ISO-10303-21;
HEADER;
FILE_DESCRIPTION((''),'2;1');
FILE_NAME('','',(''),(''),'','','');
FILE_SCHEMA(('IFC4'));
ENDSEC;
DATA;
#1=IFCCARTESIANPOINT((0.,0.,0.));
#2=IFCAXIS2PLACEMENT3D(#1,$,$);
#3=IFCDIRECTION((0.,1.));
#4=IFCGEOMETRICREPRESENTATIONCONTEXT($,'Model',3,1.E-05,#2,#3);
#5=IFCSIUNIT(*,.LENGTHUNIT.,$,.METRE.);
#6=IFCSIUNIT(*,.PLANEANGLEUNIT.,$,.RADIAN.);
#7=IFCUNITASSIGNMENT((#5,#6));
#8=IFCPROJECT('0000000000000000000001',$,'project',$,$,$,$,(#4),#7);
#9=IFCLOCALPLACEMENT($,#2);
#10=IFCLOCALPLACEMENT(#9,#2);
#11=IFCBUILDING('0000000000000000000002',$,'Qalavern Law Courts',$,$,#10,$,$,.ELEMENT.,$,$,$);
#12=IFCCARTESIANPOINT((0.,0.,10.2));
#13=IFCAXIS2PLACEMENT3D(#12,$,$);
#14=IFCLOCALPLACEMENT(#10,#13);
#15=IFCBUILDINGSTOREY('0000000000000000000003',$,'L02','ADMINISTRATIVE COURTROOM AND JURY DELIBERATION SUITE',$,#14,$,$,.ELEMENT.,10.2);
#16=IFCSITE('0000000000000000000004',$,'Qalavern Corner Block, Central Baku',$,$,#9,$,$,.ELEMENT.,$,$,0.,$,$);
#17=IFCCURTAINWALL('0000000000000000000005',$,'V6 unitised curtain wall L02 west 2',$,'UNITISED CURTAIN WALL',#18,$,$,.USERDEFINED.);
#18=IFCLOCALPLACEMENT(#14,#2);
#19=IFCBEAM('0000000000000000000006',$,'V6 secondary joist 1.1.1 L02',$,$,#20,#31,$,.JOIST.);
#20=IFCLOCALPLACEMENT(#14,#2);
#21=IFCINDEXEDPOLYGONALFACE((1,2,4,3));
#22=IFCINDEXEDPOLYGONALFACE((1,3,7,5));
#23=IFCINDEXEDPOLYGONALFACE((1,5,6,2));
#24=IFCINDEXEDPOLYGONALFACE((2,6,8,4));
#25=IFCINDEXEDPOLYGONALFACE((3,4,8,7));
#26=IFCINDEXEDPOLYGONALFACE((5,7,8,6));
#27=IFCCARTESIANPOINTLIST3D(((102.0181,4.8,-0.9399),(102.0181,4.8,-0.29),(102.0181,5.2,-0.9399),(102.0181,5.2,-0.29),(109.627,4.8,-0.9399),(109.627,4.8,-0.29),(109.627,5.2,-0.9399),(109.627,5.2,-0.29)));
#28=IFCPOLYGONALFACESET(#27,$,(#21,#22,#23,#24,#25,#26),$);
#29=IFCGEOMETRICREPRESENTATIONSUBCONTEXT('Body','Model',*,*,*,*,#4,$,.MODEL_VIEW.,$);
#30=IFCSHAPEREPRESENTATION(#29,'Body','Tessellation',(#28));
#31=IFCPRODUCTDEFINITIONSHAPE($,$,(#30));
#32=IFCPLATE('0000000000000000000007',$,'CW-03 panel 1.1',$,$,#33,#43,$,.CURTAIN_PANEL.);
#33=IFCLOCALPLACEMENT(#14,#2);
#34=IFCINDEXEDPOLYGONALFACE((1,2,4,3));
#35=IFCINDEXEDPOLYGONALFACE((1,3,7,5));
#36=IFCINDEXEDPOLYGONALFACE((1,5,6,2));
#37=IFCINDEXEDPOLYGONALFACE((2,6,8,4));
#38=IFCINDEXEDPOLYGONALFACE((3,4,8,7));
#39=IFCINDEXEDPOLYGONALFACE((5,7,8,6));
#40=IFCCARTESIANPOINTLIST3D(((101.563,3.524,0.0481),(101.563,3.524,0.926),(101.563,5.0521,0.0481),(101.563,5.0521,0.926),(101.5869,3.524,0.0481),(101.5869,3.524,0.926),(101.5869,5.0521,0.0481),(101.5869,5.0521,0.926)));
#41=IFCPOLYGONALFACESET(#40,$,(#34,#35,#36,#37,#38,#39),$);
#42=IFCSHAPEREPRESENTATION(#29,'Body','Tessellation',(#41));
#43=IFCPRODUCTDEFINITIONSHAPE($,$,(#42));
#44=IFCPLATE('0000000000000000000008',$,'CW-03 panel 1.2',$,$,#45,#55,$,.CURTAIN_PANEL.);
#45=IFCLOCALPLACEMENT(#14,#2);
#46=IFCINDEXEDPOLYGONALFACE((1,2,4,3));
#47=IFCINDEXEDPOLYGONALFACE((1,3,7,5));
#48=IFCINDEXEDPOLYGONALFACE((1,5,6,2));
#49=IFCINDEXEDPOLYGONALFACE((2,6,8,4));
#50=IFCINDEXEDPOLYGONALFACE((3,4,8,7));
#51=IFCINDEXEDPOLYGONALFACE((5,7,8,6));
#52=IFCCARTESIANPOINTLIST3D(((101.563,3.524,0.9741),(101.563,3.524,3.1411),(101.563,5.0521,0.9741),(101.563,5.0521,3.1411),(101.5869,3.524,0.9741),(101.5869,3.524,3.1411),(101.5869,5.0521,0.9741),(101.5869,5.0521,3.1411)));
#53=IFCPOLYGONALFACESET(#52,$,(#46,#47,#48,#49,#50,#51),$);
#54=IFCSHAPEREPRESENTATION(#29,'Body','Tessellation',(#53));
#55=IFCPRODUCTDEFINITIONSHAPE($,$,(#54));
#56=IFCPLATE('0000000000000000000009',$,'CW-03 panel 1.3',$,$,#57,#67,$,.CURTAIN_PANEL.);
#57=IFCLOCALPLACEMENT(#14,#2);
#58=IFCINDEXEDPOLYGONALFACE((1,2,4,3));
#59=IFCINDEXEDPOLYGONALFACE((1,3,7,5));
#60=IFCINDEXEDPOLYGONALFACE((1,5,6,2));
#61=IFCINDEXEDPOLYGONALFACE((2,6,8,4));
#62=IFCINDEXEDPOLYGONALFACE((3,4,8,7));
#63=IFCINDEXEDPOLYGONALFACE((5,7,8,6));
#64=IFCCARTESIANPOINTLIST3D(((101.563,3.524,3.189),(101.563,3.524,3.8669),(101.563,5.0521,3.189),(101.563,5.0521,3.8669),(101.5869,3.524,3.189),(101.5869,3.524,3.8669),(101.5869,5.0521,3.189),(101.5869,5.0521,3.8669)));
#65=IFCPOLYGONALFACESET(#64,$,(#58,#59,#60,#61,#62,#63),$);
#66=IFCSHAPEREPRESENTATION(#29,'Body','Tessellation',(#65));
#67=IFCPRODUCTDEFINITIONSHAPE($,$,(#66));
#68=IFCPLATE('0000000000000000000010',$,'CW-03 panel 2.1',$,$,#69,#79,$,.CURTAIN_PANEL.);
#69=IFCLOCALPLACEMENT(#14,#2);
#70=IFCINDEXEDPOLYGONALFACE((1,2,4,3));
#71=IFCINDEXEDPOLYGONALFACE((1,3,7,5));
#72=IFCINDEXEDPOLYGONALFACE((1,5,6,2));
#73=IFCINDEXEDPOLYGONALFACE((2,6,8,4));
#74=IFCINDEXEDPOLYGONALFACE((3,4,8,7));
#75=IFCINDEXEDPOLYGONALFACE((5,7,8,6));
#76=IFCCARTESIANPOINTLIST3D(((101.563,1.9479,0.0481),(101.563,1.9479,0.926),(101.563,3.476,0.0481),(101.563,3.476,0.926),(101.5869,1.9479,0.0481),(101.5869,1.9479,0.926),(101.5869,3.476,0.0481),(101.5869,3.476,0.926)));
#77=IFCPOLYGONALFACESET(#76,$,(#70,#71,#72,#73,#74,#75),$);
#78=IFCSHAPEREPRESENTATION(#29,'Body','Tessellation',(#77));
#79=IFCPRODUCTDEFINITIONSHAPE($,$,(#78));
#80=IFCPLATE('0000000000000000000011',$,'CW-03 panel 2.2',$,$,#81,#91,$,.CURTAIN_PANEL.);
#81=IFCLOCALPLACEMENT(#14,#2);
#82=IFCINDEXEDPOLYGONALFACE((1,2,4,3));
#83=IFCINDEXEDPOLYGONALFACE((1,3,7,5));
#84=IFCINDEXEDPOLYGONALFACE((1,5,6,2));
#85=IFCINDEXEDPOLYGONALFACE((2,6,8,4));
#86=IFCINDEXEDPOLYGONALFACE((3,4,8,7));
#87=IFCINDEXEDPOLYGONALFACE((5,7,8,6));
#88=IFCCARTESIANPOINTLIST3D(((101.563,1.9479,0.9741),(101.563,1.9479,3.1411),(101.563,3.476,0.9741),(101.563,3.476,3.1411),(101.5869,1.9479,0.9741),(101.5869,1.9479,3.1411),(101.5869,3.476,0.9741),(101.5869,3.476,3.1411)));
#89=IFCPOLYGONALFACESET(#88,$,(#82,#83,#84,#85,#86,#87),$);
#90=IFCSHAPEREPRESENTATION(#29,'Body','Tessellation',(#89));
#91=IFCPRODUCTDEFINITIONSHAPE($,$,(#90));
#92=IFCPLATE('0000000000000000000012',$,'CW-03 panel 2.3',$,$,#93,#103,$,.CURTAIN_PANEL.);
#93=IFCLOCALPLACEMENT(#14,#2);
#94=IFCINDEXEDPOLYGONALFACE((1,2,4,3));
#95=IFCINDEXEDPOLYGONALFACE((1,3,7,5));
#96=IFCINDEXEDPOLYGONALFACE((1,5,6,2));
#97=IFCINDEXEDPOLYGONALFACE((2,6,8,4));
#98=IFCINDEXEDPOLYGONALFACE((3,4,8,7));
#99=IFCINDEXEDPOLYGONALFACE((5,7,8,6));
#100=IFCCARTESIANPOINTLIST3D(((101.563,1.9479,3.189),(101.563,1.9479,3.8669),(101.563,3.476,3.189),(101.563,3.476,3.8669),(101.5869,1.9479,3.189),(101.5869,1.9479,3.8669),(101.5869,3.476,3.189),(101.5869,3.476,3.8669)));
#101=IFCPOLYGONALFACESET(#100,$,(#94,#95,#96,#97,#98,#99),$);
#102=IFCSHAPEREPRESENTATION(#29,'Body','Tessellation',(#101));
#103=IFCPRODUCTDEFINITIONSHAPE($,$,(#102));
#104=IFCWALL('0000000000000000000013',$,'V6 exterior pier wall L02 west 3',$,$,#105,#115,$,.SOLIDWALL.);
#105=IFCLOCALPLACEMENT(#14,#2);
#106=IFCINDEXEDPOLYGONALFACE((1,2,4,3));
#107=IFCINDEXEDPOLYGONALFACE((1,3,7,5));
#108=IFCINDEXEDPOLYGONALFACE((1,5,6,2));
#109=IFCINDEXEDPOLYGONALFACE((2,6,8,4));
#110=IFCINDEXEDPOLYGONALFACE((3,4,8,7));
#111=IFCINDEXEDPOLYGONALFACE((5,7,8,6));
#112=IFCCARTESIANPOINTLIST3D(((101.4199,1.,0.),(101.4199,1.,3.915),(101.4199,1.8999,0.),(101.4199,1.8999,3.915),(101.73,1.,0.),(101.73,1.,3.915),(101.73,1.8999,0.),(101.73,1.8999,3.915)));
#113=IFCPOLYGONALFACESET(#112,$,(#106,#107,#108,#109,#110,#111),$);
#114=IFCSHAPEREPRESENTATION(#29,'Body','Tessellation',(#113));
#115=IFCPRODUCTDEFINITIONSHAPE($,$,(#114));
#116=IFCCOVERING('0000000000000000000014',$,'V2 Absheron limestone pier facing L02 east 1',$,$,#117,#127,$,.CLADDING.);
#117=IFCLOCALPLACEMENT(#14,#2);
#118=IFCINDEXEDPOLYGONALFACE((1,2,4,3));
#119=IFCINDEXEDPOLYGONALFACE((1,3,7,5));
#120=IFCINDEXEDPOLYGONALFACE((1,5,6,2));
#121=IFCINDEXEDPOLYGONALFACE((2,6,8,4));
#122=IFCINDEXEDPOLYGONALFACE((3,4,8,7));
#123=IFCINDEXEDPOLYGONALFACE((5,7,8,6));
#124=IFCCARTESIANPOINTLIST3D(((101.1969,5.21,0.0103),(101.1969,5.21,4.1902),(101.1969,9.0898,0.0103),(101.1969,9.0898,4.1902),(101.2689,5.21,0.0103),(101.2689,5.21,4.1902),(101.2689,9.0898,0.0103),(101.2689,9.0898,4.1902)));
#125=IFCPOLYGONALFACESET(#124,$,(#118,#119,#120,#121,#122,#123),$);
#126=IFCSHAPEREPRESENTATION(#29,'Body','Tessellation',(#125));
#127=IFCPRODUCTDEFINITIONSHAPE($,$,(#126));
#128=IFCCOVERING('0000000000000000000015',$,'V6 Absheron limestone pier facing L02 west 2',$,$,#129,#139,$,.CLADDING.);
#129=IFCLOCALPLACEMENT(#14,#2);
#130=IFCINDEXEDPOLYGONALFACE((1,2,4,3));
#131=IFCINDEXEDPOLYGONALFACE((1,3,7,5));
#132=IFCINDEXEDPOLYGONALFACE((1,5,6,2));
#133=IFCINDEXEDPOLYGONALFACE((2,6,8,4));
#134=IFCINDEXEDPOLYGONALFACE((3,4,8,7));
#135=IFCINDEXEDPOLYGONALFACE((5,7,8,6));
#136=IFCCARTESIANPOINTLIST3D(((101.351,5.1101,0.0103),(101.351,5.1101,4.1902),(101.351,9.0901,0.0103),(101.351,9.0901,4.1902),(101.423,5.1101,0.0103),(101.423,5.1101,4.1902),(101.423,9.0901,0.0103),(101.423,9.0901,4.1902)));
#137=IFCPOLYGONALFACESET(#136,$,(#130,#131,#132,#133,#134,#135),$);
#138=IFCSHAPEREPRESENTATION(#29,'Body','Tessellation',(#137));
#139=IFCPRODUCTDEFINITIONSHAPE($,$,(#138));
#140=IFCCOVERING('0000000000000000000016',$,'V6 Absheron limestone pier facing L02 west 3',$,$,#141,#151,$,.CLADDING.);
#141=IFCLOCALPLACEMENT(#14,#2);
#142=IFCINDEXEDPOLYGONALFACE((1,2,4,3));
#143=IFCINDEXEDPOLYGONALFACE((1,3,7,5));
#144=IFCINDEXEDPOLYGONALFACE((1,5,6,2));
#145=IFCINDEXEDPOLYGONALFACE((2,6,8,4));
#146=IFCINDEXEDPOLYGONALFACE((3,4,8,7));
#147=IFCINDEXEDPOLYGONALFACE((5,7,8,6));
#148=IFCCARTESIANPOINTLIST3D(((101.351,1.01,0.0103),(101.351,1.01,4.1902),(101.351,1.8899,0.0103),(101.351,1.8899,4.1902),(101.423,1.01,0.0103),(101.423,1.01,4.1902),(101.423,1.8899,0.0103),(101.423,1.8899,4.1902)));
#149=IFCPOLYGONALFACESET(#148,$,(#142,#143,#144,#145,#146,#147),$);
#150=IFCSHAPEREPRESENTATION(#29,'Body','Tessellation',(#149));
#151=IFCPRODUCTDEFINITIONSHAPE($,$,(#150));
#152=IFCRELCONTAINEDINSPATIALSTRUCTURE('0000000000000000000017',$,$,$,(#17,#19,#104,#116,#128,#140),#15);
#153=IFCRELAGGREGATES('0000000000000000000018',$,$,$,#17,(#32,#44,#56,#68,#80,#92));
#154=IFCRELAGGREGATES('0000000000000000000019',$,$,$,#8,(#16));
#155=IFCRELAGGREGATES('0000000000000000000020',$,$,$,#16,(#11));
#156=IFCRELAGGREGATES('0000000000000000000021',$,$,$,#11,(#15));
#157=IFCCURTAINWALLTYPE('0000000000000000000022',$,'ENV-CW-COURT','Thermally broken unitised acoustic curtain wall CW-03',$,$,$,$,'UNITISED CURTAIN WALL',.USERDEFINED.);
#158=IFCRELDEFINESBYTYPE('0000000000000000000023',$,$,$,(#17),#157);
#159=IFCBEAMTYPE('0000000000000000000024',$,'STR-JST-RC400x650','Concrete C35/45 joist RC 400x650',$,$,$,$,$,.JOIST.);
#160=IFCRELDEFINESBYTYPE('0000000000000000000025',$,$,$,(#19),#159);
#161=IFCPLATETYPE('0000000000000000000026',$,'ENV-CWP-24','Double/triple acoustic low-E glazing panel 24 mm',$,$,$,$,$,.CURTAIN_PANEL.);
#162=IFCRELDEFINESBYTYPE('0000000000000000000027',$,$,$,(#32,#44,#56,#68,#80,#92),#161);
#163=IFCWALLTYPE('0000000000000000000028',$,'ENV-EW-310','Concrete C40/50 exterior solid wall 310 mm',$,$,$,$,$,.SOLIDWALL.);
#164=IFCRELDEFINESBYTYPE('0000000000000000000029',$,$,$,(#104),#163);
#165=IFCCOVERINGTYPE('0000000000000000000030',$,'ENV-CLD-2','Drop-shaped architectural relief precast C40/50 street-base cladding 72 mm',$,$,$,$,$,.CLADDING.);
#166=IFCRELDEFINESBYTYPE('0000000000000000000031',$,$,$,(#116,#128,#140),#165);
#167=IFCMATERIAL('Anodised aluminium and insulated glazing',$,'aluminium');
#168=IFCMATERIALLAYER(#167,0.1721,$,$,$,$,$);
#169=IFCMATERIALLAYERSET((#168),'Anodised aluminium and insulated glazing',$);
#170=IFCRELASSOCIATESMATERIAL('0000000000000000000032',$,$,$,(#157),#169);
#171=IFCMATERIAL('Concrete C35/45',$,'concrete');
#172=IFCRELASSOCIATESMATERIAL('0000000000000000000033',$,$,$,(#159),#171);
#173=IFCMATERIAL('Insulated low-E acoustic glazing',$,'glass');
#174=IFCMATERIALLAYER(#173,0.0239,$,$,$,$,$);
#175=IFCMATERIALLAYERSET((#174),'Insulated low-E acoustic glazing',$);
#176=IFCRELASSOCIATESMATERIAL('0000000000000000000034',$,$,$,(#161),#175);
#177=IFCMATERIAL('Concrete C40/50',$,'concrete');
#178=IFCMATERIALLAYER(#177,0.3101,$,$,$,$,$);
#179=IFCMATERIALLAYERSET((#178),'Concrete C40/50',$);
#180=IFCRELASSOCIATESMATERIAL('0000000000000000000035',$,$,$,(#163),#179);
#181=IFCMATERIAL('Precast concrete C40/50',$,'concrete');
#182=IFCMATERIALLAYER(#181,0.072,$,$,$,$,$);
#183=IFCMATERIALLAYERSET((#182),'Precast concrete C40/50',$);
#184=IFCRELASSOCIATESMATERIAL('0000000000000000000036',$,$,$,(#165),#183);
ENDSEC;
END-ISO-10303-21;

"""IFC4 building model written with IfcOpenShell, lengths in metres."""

from ifc_helpers import new_model, si_unit, direction, frame, frame_2d, origin, origin_2d, place, context, subcontext, project, spatial, rectangle, extrude, material, layer, layer_set, material_profile, profile_set, type_object, element, aggregate, save


model = new_model("IFC4")

# Units and contexts
model_context = context("Model", 3, precision=1e-05, world=origin(), true_north=direction((0.0, 1.0)))
body_context = subcontext(model_context, "Body", "Model", "MODEL_VIEW")
ifc_project = project(units=[si_unit("LENGTHUNIT", "METRE"), si_unit("PLANEANGLEUNIT", "RADIAN")], contexts=[model_context])

# Site, building, storey
site_placement = place(None, origin())
site = spatial("IfcSite", under=ifc_project, at=site_placement, Name="Qalavern Corner Block, Central Baku", CompositionType="ELEMENT", RefElevation=0.0)
building_placement = place(site_placement, origin())
building = spatial("IfcBuilding", under=site, at=building_placement, Name="Qalavern Law Courts", CompositionType="ELEMENT")
storey_placement = place(building_placement, frame((0.0, 0.0, 10.2)))
storey = spatial("IfcBuildingStorey", under=building, at=storey_placement, Name="L02", Description="ADMINISTRATIVE COURTROOM AND JURY DELIBERATION SUITE", CompositionType="ELEMENT", Elevation=10.2)

# Curtain wall
ifc_material_1 = material(Name="Anodised aluminium and insulated glazing", Category="aluminium")
ifc_layer_1 = layer(ifc_material_1, 0.1721)
ifc_layer_set_1 = layer_set([ifc_layer_1], Name="Anodised aluminium and insulated glazing")
curtain_wall_type = type_object("IfcCurtainWallType", Name="ENV-CW-COURT", Description="Thermally broken unitised acoustic curtain wall CW-03", ElementType="UNITISED CURTAIN WALL", PredefinedType="USERDEFINED", material=ifc_layer_set_1)
curtain_wall_placement = place(storey_placement, origin())
curtain_wall = element("IfcCurtainWall", 1, at=curtain_wall_placement, inside=storey, type_object=curtain_wall_type, Name="V6 unitised curtain wall L02 west 2", ObjectType="UNITISED CURTAIN WALL", PredefinedType="USERDEFINED")

# Beam
ifc_material_2 = material(Name="Concrete C35/45", Category="concrete")
ifc_material_profile_1 = material_profile(ifc_material_2, rectangle(XDim=0.3999, YDim=0.6499, at=origin_2d()), Name="RC 400x650")
ifc_profile_set_1 = profile_set([ifc_material_profile_1], Name="Concrete C35/45")
beam_type = type_object("IfcBeamType", Name="STR-JST-RC400x650", Description="Concrete C35/45 joist RC 400x650", PredefinedType="JOIST", material=ifc_profile_set_1)
beam_placement = place(storey_placement, frame((102.0181, 5.0, -0.615), z_axis=(1.0, 0.0, 0.0), x_axis=(0.0, 1.0, 0.0)))
element("IfcBeam", 2, at=beam_placement, inside=storey, type_object=beam_type, Name="V6 secondary joist 1.1.1 L02", PredefinedType="JOIST", context=body_context, shape_type="SweptSolid", body=[
    extrude(rectangle(XDim=0.3999, YDim=0.6499, at=origin_2d()), origin(), (0.0, 0.0, 1.0), 7.6089),
])

# Plates
ifc_material_3 = material(Name="Insulated low-E acoustic glazing", Category="glass")
ifc_layer_2 = layer(ifc_material_3, 0.0239)
ifc_layer_set_2 = layer_set([ifc_layer_2], Name="Insulated low-E acoustic glazing")
plate_type = type_object("IfcPlateType", Name="ENV-CWP-24", Description="Double/triple acoustic low-E glazing panel 24 mm", PredefinedType="CURTAIN_PANEL", material=ifc_layer_set_2)
plate_1_placement = place(storey_placement, frame((101.575, 4.2881, 0.0481), z_axis=(0.0, 0.0, 1.0), x_axis=(0.0, -1.0, 0.0)))
plate_1 = element("IfcPlate", 3, at=plate_1_placement, type_object=plate_type, Name="CW-03 panel 1.1", PredefinedType="CURTAIN_PANEL", context=body_context, shape_type="SweptSolid", body=[
    extrude(rectangle(XDim=1.5281, YDim=0.0239, at=origin_2d()), origin(), (0.0, 0.0, 1.0), 0.8779),
])
plate_2_placement = place(storey_placement, frame((101.575, 4.2881, 0.9741), z_axis=(0.0, 0.0, 1.0), x_axis=(0.0, -1.0, 0.0)))
plate_2 = element("IfcPlate", 4, at=plate_2_placement, type_object=plate_type, Name="CW-03 panel 1.2", PredefinedType="CURTAIN_PANEL", context=body_context, shape_type="SweptSolid", body=[
    extrude(rectangle(XDim=1.5281, YDim=0.0239, at=origin_2d()), origin(), (0.0, 0.0, 1.0), 2.167),
])
plate_3_placement = place(storey_placement, frame((101.575, 4.2881, 3.189), z_axis=(0.0, 0.0, 1.0), x_axis=(0.0, -1.0, 0.0)))
plate_3 = element("IfcPlate", 5, at=plate_3_placement, type_object=plate_type, Name="CW-03 panel 1.3", PredefinedType="CURTAIN_PANEL", context=body_context, shape_type="SweptSolid", body=[
    extrude(rectangle(XDim=1.5281, YDim=0.0239, at=origin_2d()), origin(), (0.0, 0.0, 1.0), 0.678),
])
plate_4_placement = place(storey_placement, frame((101.575, 2.7119, 0.0481), z_axis=(0.0, 0.0, 1.0), x_axis=(0.0, -1.0, 0.0)))
plate_4 = element("IfcPlate", 6, at=plate_4_placement, type_object=plate_type, Name="CW-03 panel 2.1", PredefinedType="CURTAIN_PANEL", context=body_context, shape_type="SweptSolid", body=[
    extrude(rectangle(XDim=1.5281, YDim=0.0239, at=origin_2d()), origin(), (0.0, 0.0, 1.0), 0.8779),
])
plate_5_placement = place(storey_placement, frame((101.575, 2.7119, 0.9741), z_axis=(0.0, 0.0, 1.0), x_axis=(0.0, -1.0, 0.0)))
plate_5 = element("IfcPlate", 7, at=plate_5_placement, type_object=plate_type, Name="CW-03 panel 2.2", PredefinedType="CURTAIN_PANEL", context=body_context, shape_type="SweptSolid", body=[
    extrude(rectangle(XDim=1.5281, YDim=0.0239, at=origin_2d()), origin(), (0.0, 0.0, 1.0), 2.167),
])
plate_6_placement = place(storey_placement, frame((101.575, 2.7119, 3.189), z_axis=(0.0, 0.0, 1.0), x_axis=(0.0, -1.0, 0.0)))
plate_6 = element("IfcPlate", 8, at=plate_6_placement, type_object=plate_type, Name="CW-03 panel 2.3", PredefinedType="CURTAIN_PANEL", context=body_context, shape_type="SweptSolid", body=[
    extrude(rectangle(XDim=1.5281, YDim=0.0239, at=origin_2d()), origin(), (0.0, 0.0, 1.0), 0.678),
])
aggregate(curtain_wall, [plate_1, plate_2, plate_3, plate_4, plate_5, plate_6])

# Wall
ifc_material_4 = material(Name="Concrete C40/50", Category="concrete")
ifc_layer_3 = layer(ifc_material_4, 0.3101)
ifc_layer_set_3 = layer_set([ifc_layer_3], Name="Concrete C40/50")
wall_type = type_object("IfcWallType", Name="ENV-EW-310", Description="Concrete C40/50 exterior solid wall 310 mm", PredefinedType="SOLIDWALL", material=ifc_layer_set_3)
wall_placement = place(storey_placement, frame((101.575, 1.8999, 0.0), z_axis=(0.0, 0.0, 1.0), x_axis=(0.0, -1.0, 0.0)))
element("IfcWall", 9, at=wall_placement, inside=storey, type_object=wall_type, Name="V6 exterior pier wall L02 west 3", PredefinedType="SOLIDWALL", context=body_context, shape_type="SweptSolid", body=[
    extrude(rectangle(XDim=0.8999, YDim=0.3101, at=frame_2d((0.45, 0.0))), origin(), (0.0, 0.0, 1.0), 3.915),
])

# Coverings
ifc_material_5 = material(Name="Precast concrete C40/50", Category="concrete")
ifc_layer_4 = layer(ifc_material_5, 0.072)
ifc_layer_set_4 = layer_set([ifc_layer_4], Name="Precast concrete C40/50")
covering_type = type_object("IfcCoveringType", Name="ENV-CLD-2", Description="Drop-shaped architectural relief precast C40/50 street-base cladding 72 mm", PredefinedType="CLADDING", material=ifc_layer_set_4)
covering_1_placement = place(storey_placement, frame((101.2329, 7.1499, 0.0103), z_axis=(0.0, 0.0, 1.0), x_axis=(0.0, 1.0, 0.0)))
element("IfcCovering", 10, at=covering_1_placement, inside=storey, type_object=covering_type, Name="V2 Absheron limestone pier facing L02 east 1", PredefinedType="CLADDING", context=body_context, shape_type="SweptSolid", body=[
    extrude(rectangle(XDim=3.8799, YDim=0.072, at=origin_2d()), origin(), (0.0, 0.0, 1.0), 4.1799),
])
covering_2_placement = place(storey_placement, frame((101.387, 7.1001, 0.0103), z_axis=(0.0, 0.0, 1.0), x_axis=(0.0, -1.0, 0.0)))
element("IfcCovering", 11, at=covering_2_placement, inside=storey, type_object=covering_type, Name="V6 Absheron limestone pier facing L02 west 2", PredefinedType="CLADDING", context=body_context, shape_type="SweptSolid", body=[
    extrude(rectangle(XDim=3.98, YDim=0.072, at=origin_2d()), origin(), (0.0, 0.0, 1.0), 4.1799),
])
covering_3_placement = place(storey_placement, frame((101.387, 1.45, 0.0103), z_axis=(0.0, 0.0, 1.0), x_axis=(0.0, -1.0, 0.0)))
element("IfcCovering", 12, at=covering_3_placement, inside=storey, type_object=covering_type, Name="V6 Absheron limestone pier facing L02 west 3", PredefinedType="CLADDING", context=body_context, shape_type="SweptSolid", body=[
    extrude(rectangle(XDim=0.8799, YDim=0.072, at=origin_2d()), origin(), (0.0, 0.0, 1.0), 4.1799),
])

save(model, "model.ifc")
